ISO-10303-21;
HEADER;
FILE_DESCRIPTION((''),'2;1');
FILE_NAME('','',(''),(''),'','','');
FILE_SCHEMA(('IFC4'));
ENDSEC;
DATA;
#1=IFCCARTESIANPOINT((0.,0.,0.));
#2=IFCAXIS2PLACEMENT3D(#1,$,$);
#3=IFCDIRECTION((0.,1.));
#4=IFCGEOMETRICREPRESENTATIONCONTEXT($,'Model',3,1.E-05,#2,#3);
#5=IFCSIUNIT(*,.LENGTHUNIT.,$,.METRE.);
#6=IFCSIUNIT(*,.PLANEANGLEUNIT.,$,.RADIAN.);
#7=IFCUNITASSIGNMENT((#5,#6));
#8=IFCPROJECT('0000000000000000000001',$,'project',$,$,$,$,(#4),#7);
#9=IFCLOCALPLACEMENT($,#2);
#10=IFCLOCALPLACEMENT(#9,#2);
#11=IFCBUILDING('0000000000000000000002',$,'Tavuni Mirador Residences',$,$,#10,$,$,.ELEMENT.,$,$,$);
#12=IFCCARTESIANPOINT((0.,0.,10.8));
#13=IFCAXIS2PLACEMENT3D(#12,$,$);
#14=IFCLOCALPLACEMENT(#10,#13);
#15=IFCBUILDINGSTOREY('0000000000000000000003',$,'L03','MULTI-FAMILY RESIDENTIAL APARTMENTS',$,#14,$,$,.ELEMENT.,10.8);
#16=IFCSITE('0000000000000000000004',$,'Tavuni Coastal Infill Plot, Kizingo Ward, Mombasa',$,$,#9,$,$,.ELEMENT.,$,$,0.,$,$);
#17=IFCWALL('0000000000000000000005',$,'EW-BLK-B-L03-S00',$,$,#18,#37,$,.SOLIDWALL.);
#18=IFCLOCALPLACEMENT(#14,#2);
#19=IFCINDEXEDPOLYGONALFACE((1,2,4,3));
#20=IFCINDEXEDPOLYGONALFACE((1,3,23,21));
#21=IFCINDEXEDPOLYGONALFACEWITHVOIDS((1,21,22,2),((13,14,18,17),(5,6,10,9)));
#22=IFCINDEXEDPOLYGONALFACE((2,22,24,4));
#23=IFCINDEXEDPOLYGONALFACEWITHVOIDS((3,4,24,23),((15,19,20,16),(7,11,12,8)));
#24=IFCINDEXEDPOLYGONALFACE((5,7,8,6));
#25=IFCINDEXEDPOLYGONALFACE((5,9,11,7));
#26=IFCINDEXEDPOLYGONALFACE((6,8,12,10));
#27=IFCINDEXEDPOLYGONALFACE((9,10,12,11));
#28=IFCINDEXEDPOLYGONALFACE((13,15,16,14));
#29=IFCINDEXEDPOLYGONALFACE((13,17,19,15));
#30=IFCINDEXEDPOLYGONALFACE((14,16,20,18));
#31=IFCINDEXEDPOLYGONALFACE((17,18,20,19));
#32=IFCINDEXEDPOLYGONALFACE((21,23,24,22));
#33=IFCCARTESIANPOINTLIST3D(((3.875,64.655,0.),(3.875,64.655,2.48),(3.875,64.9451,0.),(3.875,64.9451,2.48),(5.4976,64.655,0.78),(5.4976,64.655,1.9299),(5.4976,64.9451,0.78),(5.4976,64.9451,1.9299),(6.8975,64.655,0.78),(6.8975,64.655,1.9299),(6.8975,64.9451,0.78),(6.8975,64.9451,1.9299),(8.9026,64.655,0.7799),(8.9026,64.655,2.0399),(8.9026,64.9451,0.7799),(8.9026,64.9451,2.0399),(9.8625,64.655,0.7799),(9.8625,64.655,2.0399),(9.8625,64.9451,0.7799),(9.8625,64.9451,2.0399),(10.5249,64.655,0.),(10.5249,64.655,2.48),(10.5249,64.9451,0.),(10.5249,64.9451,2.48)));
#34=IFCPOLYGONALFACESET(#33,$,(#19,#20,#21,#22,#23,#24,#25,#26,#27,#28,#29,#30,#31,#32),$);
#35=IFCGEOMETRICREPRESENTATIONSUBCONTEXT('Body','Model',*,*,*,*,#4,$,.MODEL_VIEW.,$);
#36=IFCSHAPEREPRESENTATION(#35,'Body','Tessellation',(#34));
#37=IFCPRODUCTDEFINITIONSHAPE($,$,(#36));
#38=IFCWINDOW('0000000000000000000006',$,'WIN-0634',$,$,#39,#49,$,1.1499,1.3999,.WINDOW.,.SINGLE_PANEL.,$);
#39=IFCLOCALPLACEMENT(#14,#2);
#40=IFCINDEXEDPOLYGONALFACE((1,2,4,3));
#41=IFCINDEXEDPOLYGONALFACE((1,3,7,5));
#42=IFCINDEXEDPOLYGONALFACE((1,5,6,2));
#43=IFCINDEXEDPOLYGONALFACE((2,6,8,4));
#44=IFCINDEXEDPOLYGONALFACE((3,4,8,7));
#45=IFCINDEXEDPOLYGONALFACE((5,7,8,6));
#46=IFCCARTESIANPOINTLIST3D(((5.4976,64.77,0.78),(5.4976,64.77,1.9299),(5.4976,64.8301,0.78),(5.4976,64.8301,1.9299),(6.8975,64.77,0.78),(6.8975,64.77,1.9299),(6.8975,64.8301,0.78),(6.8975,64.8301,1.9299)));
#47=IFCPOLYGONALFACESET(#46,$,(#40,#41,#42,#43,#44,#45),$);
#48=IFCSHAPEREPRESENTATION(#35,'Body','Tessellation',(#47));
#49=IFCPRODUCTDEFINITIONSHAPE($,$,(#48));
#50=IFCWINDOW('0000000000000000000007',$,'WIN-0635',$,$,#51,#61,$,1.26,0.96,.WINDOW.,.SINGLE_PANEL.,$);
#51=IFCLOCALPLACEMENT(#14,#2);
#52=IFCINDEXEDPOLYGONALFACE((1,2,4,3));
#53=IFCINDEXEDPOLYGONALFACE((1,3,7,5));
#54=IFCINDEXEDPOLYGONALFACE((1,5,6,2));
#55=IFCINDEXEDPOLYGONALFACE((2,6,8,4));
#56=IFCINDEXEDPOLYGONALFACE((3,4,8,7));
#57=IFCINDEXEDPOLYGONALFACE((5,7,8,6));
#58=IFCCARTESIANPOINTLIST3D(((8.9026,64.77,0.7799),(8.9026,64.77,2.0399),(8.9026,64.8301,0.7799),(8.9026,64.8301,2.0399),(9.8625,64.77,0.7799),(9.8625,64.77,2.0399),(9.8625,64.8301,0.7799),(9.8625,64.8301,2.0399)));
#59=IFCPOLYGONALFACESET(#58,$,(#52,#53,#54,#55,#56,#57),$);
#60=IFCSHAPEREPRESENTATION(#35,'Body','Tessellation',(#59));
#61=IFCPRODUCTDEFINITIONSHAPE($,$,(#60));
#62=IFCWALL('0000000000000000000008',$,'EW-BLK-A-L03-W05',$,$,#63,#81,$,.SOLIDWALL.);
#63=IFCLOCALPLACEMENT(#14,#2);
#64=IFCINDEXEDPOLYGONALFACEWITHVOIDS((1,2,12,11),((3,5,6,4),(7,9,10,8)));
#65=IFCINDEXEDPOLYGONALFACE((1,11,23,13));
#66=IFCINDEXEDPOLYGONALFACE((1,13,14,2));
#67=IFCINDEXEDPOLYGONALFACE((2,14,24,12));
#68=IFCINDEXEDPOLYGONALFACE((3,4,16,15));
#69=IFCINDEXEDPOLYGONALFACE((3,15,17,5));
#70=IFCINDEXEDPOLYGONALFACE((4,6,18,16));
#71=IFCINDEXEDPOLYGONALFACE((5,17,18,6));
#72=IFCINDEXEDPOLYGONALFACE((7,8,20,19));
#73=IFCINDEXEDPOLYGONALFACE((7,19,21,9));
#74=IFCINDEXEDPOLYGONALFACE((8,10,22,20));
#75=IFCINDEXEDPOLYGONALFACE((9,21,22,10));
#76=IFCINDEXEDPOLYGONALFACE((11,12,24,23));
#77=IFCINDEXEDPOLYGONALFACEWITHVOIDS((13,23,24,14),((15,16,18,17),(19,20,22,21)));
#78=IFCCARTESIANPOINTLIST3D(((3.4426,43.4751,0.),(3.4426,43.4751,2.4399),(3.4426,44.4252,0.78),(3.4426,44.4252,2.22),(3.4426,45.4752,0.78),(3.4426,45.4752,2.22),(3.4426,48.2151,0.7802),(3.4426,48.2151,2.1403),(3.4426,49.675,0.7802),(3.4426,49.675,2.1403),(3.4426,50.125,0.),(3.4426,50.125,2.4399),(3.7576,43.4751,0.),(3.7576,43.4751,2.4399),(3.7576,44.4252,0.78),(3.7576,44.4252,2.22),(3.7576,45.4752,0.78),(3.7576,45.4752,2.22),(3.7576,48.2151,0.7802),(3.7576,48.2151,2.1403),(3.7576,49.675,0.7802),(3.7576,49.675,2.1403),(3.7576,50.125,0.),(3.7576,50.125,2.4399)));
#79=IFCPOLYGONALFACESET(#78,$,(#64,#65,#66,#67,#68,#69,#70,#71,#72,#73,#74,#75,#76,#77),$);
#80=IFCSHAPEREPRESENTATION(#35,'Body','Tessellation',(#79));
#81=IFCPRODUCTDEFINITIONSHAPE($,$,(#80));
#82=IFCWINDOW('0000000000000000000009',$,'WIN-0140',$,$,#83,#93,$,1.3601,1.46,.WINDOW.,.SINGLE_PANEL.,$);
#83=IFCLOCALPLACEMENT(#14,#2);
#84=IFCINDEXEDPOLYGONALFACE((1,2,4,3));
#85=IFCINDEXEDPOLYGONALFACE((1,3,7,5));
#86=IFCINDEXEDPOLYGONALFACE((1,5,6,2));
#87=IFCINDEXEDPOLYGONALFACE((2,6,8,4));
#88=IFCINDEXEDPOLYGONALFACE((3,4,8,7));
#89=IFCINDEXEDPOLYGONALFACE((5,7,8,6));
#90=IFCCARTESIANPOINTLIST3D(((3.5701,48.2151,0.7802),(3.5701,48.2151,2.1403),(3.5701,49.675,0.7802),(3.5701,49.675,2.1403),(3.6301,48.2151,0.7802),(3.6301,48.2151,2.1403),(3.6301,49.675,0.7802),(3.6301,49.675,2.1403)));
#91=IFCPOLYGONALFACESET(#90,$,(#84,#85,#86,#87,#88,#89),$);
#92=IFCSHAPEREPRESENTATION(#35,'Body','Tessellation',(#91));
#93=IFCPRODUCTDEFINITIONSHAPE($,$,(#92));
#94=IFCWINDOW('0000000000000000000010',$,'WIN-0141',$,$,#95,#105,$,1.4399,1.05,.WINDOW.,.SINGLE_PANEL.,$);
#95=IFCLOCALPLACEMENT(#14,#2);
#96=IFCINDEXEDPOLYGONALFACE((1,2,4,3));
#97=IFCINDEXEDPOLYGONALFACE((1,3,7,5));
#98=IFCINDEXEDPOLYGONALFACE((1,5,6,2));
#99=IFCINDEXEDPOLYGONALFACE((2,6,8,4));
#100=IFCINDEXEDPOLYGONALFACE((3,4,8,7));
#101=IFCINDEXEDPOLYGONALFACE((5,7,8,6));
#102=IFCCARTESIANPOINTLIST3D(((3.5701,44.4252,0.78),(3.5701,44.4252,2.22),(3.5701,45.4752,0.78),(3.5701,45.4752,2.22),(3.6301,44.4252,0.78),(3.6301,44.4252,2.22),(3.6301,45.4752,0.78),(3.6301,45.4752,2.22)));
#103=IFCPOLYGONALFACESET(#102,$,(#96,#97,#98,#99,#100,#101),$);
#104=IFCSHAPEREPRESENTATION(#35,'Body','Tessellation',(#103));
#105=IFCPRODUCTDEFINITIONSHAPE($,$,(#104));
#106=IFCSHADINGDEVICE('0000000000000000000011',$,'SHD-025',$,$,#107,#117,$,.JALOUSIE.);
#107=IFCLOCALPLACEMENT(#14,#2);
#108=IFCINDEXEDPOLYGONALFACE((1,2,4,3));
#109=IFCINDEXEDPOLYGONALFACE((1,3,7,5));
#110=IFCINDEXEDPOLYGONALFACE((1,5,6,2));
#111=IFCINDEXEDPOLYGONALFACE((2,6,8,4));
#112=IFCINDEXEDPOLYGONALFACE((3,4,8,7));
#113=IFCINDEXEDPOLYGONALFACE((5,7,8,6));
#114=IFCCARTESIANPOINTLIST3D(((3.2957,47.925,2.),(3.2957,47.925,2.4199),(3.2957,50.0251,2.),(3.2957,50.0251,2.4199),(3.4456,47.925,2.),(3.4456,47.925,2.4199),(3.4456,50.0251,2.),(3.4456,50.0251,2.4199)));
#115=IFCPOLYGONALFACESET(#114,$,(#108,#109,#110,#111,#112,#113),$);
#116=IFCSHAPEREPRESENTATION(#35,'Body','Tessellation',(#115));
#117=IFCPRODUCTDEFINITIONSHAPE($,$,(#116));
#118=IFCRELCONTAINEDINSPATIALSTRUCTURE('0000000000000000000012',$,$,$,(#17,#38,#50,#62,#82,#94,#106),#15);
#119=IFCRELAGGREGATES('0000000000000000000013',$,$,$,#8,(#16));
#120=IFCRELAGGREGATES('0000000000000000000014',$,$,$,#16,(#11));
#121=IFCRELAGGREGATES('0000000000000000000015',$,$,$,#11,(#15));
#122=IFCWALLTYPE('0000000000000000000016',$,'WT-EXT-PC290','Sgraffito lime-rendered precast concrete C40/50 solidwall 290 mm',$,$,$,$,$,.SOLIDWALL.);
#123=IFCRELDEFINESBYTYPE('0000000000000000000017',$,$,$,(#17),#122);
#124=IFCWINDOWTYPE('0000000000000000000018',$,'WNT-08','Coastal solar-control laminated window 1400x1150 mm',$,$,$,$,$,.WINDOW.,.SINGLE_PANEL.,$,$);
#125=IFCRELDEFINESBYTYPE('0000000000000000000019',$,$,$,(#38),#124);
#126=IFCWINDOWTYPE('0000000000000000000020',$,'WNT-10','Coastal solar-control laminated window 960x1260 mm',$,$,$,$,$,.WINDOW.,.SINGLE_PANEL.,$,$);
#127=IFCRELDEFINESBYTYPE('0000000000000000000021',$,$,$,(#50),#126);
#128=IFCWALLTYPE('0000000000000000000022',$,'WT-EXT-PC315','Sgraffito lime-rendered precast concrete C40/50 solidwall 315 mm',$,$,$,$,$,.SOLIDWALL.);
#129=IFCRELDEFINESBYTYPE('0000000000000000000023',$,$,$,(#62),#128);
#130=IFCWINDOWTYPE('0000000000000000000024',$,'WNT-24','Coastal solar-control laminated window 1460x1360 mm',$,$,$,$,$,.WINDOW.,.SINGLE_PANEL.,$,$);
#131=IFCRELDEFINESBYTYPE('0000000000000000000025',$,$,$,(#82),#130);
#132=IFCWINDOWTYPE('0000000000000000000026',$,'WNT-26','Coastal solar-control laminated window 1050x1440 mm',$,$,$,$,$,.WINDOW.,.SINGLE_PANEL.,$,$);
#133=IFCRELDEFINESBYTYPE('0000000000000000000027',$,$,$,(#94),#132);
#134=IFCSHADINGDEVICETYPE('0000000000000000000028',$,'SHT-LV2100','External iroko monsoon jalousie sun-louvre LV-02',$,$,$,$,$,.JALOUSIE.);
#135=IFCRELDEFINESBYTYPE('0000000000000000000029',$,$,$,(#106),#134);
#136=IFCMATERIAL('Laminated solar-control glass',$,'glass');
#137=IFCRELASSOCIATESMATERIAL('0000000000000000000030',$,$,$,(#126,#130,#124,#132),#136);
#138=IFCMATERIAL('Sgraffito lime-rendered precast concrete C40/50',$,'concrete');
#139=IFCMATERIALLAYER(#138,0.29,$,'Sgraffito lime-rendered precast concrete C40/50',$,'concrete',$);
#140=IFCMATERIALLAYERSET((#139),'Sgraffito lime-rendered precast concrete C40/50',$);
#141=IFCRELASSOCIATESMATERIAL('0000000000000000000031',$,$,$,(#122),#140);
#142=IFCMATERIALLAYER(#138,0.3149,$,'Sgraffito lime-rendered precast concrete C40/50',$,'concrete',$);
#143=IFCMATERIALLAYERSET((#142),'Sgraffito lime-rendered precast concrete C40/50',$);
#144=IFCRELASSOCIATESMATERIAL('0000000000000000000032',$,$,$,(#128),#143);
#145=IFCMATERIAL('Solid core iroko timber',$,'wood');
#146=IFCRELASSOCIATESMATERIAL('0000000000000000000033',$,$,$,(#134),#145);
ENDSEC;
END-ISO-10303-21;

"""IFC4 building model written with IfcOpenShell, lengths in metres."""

from ifc_helpers import new_model, si_unit, direction, frame, frame_2d, origin, origin_2d, place, context, subcontext, project, spatial, rectangle, extrude, material, layer, layer_set, type_object, element, fill, save


model = new_model("IFC4")

# Units and contexts
model_context = context("Model", 3, precision=1e-05, world=origin(), true_north=direction((0.0, 1.0)))
body_context = subcontext(model_context, "Body", "Model", "MODEL_VIEW")
ifc_project = project(units=[si_unit("LENGTHUNIT", "METRE"), si_unit("PLANEANGLEUNIT", "RADIAN")], contexts=[model_context])

# Site, building, storey
site_placement = place(None, origin())
site = spatial("IfcSite", under=ifc_project, at=site_placement, Name="Tavuni Coastal Infill Plot, Kizingo Ward, Mombasa", CompositionType="ELEMENT", RefElevation=0.0)
building_placement = place(site_placement, origin())
building = spatial("IfcBuilding", under=site, at=building_placement, Name="Tavuni Mirador Residences", CompositionType="ELEMENT")
storey_placement = place(building_placement, frame((0.0, 0.0, 10.8)))
storey = spatial("IfcBuildingStorey", under=building, at=storey_placement, Name="L03", Description="MULTI-FAMILY RESIDENTIAL APARTMENTS", CompositionType="ELEMENT", Elevation=10.8)

# Walls, openings, windows
ifc_material_1 = material(Name="Sgraffito lime-rendered precast concrete C40/50", Category="concrete")
ifc_material_2 = material(Name="Laminated solar-control glass", Category="glass")
window_type_1 = type_object("IfcWindowType", Name="WNT-10", Description="Coastal solar-control laminated window 960x1260 mm", PartitioningType="SINGLE_PANEL", PredefinedType="WINDOW", material=ifc_material_2)
ifc_layer_1 = layer(ifc_material_1, 0.29, Name="Sgraffito lime-rendered precast concrete C40/50", Category="concrete")
ifc_layer_set_1 = layer_set([ifc_layer_1], Name="Sgraffito lime-rendered precast concrete C40/50")
wall_type_1 = type_object("IfcWallType", Name="WT-EXT-PC290", Description="Sgraffito lime-rendered precast concrete C40/50 solidwall 290 mm", PredefinedType="SOLIDWALL", material=ifc_layer_set_1)
window_type_2 = type_object("IfcWindowType", Name="WNT-24", Description="Coastal solar-control laminated window 1460x1360 mm", PartitioningType="SINGLE_PANEL", PredefinedType="WINDOW", material=ifc_material_2)
wall_1_placement = place(storey_placement, frame((3.875, 64.8, 0.0), z_axis=(0.0, 0.0, 1.0), x_axis=(1.0, 0.0, 0.0)))
wall_1 = element("IfcWall", 1, at=wall_1_placement, inside=storey, type_object=wall_type_1, Name="EW-BLK-B-L03-S00", PredefinedType="SOLIDWALL", context=body_context, shape_type="SweptSolid", body=[
    extrude(rectangle(XDim=6.6499, YDim=0.29, at=frame_2d((3.325, 0.0))), origin(), (0.0, 0.0, 1.0), 2.48),
])
opening_1_placement = place(wall_1_placement, frame((1.6226, 0.0, 0.78)))
opening_1 = element("IfcOpeningElement", 2, at=opening_1_placement, cuts=wall_1, PredefinedType="OPENING", context=body_context, shape_type="SweptSolid", body=[
    extrude(rectangle(XDim=1.3999, YDim=1.1499, at=frame_2d((0.7, 0.575))), frame((0.0, 0.155, 0.0), z_axis=(0.0, -1.0, 0.0), x_axis=(1.0, 0.0, 0.0)), (0.0, 0.0, 1.0), 0.3101),
])
opening_2_placement = place(wall_1_placement, frame((5.0276, 0.0, 0.78)))
opening_2 = element("IfcOpeningElement", 3, at=opening_2_placement, cuts=wall_1, PredefinedType="OPENING", context=body_context, shape_type="SweptSolid", body=[
    extrude(rectangle(XDim=0.96, YDim=1.26, at=frame_2d((0.48, 0.6299))), frame((0.0, 0.155, 0.0), z_axis=(0.0, -1.0, 0.0), x_axis=(1.0, 0.0, 0.0)), (0.0, 0.0, 1.0), 0.3101),
])
window_type_3 = type_object("IfcWindowType", Name="WNT-08", Description="Coastal solar-control laminated window 1400x1150 mm", PartitioningType="SINGLE_PANEL", PredefinedType="WINDOW", material=ifc_material_2)
window_1_placement = place(opening_1_placement, origin())
window_1 = element("IfcWindow", 4, at=window_1_placement, inside=storey, type_object=window_type_3, Name="WIN-0634", OverallHeight=1.1499, OverallWidth=1.3999, PartitioningType="SINGLE_PANEL", PredefinedType="WINDOW", context=body_context, shape_type="SweptSolid", body=[
    extrude(rectangle(XDim=1.3999, YDim=1.1499, at=frame_2d((0.7, 0.575))), frame((0.0, 0.03, 0.0), z_axis=(0.0, -1.0, 0.0), x_axis=(1.0, 0.0, 0.0)), (0.0, 0.0, 1.0), 0.0601),
])
fill(opening_1, window_1)
window_2_placement = place(opening_2_placement, origin())
window_2 = element("IfcWindow", 5, at=window_2_placement, inside=storey, type_object=window_type_1, Name="WIN-0635", OverallHeight=1.26, OverallWidth=0.96, PartitioningType="SINGLE_PANEL", PredefinedType="WINDOW", context=body_context, shape_type="SweptSolid", body=[
    extrude(rectangle(XDim=0.96, YDim=1.26, at=frame_2d((0.48, 0.6299))), frame((0.0, 0.03, 0.0), z_axis=(0.0, -1.0, 0.0), x_axis=(1.0, 0.0, 0.0)), (0.0, 0.0, 1.0), 0.0601),
])
fill(opening_2, window_2)
ifc_layer_2 = layer(ifc_material_1, 0.3149, Name="Sgraffito lime-rendered precast concrete C40/50", Category="concrete")
ifc_layer_set_2 = layer_set([ifc_layer_2], Name="Sgraffito lime-rendered precast concrete C40/50")
wall_type_2 = type_object("IfcWallType", Name="WT-EXT-PC315", Description="Sgraffito lime-rendered precast concrete C40/50 solidwall 315 mm", PredefinedType="SOLIDWALL", material=ifc_layer_set_2)
wall_2_placement = place(storey_placement, frame((3.6001, 50.125, 0.0), z_axis=(0.0, 0.0, 1.0), x_axis=(0.0, -1.0, 0.0)))
wall_2 = element("IfcWall", 6, at=wall_2_placement, inside=storey, type_object=wall_type_2, Name="EW-BLK-A-L03-W05", PredefinedType="SOLIDWALL", context=body_context, shape_type="SweptSolid", body=[
    extrude(rectangle(XDim=6.6499, YDim=0.3149, at=frame_2d((3.325, 0.0))), origin(), (0.0, 0.0, 1.0), 2.4399),
])
opening_3_placement = place(wall_2_placement, frame((0.45, 0.0, 0.78)))
opening_3 = element("IfcOpeningElement", 7, at=opening_3_placement, cuts=wall_2, PredefinedType="OPENING", context=body_context, shape_type="SweptSolid", body=[
    extrude(rectangle(XDim=1.46, YDim=1.3601, at=frame_2d((0.73, 0.6802))), frame((0.0, 0.1675, 0.0), z_axis=(0.0, -1.0, 0.0), x_axis=(1.0, 0.0, 0.0)), (0.0, 0.0, 1.0), 0.335),
])
opening_4_placement = place(wall_2_placement, frame((4.6499, 0.0, 0.78)))
opening_4 = element("IfcOpeningElement", 8, at=opening_4_placement, cuts=wall_2, PredefinedType="OPENING", context=body_context, shape_type="SweptSolid", body=[
    extrude(rectangle(XDim=1.05, YDim=1.4399, at=frame_2d((0.5249, 0.72))), frame((0.0, 0.1675, 0.0), z_axis=(0.0, -1.0, 0.0), x_axis=(1.0, 0.0, 0.0)), (0.0, 0.0, 1.0), 0.335),
])
window_3_placement = place(opening_3_placement, origin())
window_3 = element("IfcWindow", 9, at=window_3_placement, inside=storey, type_object=window_type_2, Name="WIN-0140", OverallHeight=1.3601, OverallWidth=1.46, PartitioningType="SINGLE_PANEL", PredefinedType="WINDOW", context=body_context, shape_type="SweptSolid", body=[
    extrude(rectangle(XDim=1.46, YDim=1.3601, at=frame_2d((0.73, 0.6802))), frame((0.0, 0.03, 0.0), z_axis=(0.0, -1.0, 0.0), x_axis=(1.0, 0.0, 0.0)), (0.0, 0.0, 1.0), 0.0601),
])
fill(opening_3, window_3)
window_type_4 = type_object("IfcWindowType", Name="WNT-26", Description="Coastal solar-control laminated window 1050x1440 mm", PartitioningType="SINGLE_PANEL", PredefinedType="WINDOW", material=ifc_material_2)
window_4_placement = place(opening_4_placement, origin())
window_4 = element("IfcWindow", 10, at=window_4_placement, inside=storey, type_object=window_type_4, Name="WIN-0141", OverallHeight=1.4399, OverallWidth=1.05, PartitioningType="SINGLE_PANEL", PredefinedType="WINDOW", context=body_context, shape_type="SweptSolid", body=[
    extrude(rectangle(XDim=1.05, YDim=1.4399, at=frame_2d((0.5249, 0.72))), frame((0.0, 0.03, 0.0), z_axis=(0.0, -1.0, 0.0), x_axis=(1.0, 0.0, 0.0)), (0.0, 0.0, 1.0), 0.0601),
])
fill(opening_4, window_4)

# Shading device
ifc_material_3 = material(Name="Solid core iroko timber", Category="wood")
shading_device_type = type_object("IfcShadingDeviceType", Name="SHT-LV2100", Description="External iroko monsoon jalousie sun-louvre LV-02", PredefinedType="JALOUSIE", material=ifc_material_3)
shading_device_placement = place(storey_placement, frame((3.3706, 48.9751, 2.0), z_axis=(0.0, 0.0, 1.0), x_axis=(0.0, -1.0, 0.0)))
element("IfcShadingDevice", 11, at=shading_device_placement, inside=storey, type_object=shading_device_type, Name="SHD-025", PredefinedType="JALOUSIE", context=body_context, shape_type="SweptSolid", body=[
    extrude(rectangle(XDim=2.1001, YDim=0.1499, at=origin_2d()), origin(), (0.0, 0.0, 1.0), 0.4199),
])

save(model, "model.ifc")
